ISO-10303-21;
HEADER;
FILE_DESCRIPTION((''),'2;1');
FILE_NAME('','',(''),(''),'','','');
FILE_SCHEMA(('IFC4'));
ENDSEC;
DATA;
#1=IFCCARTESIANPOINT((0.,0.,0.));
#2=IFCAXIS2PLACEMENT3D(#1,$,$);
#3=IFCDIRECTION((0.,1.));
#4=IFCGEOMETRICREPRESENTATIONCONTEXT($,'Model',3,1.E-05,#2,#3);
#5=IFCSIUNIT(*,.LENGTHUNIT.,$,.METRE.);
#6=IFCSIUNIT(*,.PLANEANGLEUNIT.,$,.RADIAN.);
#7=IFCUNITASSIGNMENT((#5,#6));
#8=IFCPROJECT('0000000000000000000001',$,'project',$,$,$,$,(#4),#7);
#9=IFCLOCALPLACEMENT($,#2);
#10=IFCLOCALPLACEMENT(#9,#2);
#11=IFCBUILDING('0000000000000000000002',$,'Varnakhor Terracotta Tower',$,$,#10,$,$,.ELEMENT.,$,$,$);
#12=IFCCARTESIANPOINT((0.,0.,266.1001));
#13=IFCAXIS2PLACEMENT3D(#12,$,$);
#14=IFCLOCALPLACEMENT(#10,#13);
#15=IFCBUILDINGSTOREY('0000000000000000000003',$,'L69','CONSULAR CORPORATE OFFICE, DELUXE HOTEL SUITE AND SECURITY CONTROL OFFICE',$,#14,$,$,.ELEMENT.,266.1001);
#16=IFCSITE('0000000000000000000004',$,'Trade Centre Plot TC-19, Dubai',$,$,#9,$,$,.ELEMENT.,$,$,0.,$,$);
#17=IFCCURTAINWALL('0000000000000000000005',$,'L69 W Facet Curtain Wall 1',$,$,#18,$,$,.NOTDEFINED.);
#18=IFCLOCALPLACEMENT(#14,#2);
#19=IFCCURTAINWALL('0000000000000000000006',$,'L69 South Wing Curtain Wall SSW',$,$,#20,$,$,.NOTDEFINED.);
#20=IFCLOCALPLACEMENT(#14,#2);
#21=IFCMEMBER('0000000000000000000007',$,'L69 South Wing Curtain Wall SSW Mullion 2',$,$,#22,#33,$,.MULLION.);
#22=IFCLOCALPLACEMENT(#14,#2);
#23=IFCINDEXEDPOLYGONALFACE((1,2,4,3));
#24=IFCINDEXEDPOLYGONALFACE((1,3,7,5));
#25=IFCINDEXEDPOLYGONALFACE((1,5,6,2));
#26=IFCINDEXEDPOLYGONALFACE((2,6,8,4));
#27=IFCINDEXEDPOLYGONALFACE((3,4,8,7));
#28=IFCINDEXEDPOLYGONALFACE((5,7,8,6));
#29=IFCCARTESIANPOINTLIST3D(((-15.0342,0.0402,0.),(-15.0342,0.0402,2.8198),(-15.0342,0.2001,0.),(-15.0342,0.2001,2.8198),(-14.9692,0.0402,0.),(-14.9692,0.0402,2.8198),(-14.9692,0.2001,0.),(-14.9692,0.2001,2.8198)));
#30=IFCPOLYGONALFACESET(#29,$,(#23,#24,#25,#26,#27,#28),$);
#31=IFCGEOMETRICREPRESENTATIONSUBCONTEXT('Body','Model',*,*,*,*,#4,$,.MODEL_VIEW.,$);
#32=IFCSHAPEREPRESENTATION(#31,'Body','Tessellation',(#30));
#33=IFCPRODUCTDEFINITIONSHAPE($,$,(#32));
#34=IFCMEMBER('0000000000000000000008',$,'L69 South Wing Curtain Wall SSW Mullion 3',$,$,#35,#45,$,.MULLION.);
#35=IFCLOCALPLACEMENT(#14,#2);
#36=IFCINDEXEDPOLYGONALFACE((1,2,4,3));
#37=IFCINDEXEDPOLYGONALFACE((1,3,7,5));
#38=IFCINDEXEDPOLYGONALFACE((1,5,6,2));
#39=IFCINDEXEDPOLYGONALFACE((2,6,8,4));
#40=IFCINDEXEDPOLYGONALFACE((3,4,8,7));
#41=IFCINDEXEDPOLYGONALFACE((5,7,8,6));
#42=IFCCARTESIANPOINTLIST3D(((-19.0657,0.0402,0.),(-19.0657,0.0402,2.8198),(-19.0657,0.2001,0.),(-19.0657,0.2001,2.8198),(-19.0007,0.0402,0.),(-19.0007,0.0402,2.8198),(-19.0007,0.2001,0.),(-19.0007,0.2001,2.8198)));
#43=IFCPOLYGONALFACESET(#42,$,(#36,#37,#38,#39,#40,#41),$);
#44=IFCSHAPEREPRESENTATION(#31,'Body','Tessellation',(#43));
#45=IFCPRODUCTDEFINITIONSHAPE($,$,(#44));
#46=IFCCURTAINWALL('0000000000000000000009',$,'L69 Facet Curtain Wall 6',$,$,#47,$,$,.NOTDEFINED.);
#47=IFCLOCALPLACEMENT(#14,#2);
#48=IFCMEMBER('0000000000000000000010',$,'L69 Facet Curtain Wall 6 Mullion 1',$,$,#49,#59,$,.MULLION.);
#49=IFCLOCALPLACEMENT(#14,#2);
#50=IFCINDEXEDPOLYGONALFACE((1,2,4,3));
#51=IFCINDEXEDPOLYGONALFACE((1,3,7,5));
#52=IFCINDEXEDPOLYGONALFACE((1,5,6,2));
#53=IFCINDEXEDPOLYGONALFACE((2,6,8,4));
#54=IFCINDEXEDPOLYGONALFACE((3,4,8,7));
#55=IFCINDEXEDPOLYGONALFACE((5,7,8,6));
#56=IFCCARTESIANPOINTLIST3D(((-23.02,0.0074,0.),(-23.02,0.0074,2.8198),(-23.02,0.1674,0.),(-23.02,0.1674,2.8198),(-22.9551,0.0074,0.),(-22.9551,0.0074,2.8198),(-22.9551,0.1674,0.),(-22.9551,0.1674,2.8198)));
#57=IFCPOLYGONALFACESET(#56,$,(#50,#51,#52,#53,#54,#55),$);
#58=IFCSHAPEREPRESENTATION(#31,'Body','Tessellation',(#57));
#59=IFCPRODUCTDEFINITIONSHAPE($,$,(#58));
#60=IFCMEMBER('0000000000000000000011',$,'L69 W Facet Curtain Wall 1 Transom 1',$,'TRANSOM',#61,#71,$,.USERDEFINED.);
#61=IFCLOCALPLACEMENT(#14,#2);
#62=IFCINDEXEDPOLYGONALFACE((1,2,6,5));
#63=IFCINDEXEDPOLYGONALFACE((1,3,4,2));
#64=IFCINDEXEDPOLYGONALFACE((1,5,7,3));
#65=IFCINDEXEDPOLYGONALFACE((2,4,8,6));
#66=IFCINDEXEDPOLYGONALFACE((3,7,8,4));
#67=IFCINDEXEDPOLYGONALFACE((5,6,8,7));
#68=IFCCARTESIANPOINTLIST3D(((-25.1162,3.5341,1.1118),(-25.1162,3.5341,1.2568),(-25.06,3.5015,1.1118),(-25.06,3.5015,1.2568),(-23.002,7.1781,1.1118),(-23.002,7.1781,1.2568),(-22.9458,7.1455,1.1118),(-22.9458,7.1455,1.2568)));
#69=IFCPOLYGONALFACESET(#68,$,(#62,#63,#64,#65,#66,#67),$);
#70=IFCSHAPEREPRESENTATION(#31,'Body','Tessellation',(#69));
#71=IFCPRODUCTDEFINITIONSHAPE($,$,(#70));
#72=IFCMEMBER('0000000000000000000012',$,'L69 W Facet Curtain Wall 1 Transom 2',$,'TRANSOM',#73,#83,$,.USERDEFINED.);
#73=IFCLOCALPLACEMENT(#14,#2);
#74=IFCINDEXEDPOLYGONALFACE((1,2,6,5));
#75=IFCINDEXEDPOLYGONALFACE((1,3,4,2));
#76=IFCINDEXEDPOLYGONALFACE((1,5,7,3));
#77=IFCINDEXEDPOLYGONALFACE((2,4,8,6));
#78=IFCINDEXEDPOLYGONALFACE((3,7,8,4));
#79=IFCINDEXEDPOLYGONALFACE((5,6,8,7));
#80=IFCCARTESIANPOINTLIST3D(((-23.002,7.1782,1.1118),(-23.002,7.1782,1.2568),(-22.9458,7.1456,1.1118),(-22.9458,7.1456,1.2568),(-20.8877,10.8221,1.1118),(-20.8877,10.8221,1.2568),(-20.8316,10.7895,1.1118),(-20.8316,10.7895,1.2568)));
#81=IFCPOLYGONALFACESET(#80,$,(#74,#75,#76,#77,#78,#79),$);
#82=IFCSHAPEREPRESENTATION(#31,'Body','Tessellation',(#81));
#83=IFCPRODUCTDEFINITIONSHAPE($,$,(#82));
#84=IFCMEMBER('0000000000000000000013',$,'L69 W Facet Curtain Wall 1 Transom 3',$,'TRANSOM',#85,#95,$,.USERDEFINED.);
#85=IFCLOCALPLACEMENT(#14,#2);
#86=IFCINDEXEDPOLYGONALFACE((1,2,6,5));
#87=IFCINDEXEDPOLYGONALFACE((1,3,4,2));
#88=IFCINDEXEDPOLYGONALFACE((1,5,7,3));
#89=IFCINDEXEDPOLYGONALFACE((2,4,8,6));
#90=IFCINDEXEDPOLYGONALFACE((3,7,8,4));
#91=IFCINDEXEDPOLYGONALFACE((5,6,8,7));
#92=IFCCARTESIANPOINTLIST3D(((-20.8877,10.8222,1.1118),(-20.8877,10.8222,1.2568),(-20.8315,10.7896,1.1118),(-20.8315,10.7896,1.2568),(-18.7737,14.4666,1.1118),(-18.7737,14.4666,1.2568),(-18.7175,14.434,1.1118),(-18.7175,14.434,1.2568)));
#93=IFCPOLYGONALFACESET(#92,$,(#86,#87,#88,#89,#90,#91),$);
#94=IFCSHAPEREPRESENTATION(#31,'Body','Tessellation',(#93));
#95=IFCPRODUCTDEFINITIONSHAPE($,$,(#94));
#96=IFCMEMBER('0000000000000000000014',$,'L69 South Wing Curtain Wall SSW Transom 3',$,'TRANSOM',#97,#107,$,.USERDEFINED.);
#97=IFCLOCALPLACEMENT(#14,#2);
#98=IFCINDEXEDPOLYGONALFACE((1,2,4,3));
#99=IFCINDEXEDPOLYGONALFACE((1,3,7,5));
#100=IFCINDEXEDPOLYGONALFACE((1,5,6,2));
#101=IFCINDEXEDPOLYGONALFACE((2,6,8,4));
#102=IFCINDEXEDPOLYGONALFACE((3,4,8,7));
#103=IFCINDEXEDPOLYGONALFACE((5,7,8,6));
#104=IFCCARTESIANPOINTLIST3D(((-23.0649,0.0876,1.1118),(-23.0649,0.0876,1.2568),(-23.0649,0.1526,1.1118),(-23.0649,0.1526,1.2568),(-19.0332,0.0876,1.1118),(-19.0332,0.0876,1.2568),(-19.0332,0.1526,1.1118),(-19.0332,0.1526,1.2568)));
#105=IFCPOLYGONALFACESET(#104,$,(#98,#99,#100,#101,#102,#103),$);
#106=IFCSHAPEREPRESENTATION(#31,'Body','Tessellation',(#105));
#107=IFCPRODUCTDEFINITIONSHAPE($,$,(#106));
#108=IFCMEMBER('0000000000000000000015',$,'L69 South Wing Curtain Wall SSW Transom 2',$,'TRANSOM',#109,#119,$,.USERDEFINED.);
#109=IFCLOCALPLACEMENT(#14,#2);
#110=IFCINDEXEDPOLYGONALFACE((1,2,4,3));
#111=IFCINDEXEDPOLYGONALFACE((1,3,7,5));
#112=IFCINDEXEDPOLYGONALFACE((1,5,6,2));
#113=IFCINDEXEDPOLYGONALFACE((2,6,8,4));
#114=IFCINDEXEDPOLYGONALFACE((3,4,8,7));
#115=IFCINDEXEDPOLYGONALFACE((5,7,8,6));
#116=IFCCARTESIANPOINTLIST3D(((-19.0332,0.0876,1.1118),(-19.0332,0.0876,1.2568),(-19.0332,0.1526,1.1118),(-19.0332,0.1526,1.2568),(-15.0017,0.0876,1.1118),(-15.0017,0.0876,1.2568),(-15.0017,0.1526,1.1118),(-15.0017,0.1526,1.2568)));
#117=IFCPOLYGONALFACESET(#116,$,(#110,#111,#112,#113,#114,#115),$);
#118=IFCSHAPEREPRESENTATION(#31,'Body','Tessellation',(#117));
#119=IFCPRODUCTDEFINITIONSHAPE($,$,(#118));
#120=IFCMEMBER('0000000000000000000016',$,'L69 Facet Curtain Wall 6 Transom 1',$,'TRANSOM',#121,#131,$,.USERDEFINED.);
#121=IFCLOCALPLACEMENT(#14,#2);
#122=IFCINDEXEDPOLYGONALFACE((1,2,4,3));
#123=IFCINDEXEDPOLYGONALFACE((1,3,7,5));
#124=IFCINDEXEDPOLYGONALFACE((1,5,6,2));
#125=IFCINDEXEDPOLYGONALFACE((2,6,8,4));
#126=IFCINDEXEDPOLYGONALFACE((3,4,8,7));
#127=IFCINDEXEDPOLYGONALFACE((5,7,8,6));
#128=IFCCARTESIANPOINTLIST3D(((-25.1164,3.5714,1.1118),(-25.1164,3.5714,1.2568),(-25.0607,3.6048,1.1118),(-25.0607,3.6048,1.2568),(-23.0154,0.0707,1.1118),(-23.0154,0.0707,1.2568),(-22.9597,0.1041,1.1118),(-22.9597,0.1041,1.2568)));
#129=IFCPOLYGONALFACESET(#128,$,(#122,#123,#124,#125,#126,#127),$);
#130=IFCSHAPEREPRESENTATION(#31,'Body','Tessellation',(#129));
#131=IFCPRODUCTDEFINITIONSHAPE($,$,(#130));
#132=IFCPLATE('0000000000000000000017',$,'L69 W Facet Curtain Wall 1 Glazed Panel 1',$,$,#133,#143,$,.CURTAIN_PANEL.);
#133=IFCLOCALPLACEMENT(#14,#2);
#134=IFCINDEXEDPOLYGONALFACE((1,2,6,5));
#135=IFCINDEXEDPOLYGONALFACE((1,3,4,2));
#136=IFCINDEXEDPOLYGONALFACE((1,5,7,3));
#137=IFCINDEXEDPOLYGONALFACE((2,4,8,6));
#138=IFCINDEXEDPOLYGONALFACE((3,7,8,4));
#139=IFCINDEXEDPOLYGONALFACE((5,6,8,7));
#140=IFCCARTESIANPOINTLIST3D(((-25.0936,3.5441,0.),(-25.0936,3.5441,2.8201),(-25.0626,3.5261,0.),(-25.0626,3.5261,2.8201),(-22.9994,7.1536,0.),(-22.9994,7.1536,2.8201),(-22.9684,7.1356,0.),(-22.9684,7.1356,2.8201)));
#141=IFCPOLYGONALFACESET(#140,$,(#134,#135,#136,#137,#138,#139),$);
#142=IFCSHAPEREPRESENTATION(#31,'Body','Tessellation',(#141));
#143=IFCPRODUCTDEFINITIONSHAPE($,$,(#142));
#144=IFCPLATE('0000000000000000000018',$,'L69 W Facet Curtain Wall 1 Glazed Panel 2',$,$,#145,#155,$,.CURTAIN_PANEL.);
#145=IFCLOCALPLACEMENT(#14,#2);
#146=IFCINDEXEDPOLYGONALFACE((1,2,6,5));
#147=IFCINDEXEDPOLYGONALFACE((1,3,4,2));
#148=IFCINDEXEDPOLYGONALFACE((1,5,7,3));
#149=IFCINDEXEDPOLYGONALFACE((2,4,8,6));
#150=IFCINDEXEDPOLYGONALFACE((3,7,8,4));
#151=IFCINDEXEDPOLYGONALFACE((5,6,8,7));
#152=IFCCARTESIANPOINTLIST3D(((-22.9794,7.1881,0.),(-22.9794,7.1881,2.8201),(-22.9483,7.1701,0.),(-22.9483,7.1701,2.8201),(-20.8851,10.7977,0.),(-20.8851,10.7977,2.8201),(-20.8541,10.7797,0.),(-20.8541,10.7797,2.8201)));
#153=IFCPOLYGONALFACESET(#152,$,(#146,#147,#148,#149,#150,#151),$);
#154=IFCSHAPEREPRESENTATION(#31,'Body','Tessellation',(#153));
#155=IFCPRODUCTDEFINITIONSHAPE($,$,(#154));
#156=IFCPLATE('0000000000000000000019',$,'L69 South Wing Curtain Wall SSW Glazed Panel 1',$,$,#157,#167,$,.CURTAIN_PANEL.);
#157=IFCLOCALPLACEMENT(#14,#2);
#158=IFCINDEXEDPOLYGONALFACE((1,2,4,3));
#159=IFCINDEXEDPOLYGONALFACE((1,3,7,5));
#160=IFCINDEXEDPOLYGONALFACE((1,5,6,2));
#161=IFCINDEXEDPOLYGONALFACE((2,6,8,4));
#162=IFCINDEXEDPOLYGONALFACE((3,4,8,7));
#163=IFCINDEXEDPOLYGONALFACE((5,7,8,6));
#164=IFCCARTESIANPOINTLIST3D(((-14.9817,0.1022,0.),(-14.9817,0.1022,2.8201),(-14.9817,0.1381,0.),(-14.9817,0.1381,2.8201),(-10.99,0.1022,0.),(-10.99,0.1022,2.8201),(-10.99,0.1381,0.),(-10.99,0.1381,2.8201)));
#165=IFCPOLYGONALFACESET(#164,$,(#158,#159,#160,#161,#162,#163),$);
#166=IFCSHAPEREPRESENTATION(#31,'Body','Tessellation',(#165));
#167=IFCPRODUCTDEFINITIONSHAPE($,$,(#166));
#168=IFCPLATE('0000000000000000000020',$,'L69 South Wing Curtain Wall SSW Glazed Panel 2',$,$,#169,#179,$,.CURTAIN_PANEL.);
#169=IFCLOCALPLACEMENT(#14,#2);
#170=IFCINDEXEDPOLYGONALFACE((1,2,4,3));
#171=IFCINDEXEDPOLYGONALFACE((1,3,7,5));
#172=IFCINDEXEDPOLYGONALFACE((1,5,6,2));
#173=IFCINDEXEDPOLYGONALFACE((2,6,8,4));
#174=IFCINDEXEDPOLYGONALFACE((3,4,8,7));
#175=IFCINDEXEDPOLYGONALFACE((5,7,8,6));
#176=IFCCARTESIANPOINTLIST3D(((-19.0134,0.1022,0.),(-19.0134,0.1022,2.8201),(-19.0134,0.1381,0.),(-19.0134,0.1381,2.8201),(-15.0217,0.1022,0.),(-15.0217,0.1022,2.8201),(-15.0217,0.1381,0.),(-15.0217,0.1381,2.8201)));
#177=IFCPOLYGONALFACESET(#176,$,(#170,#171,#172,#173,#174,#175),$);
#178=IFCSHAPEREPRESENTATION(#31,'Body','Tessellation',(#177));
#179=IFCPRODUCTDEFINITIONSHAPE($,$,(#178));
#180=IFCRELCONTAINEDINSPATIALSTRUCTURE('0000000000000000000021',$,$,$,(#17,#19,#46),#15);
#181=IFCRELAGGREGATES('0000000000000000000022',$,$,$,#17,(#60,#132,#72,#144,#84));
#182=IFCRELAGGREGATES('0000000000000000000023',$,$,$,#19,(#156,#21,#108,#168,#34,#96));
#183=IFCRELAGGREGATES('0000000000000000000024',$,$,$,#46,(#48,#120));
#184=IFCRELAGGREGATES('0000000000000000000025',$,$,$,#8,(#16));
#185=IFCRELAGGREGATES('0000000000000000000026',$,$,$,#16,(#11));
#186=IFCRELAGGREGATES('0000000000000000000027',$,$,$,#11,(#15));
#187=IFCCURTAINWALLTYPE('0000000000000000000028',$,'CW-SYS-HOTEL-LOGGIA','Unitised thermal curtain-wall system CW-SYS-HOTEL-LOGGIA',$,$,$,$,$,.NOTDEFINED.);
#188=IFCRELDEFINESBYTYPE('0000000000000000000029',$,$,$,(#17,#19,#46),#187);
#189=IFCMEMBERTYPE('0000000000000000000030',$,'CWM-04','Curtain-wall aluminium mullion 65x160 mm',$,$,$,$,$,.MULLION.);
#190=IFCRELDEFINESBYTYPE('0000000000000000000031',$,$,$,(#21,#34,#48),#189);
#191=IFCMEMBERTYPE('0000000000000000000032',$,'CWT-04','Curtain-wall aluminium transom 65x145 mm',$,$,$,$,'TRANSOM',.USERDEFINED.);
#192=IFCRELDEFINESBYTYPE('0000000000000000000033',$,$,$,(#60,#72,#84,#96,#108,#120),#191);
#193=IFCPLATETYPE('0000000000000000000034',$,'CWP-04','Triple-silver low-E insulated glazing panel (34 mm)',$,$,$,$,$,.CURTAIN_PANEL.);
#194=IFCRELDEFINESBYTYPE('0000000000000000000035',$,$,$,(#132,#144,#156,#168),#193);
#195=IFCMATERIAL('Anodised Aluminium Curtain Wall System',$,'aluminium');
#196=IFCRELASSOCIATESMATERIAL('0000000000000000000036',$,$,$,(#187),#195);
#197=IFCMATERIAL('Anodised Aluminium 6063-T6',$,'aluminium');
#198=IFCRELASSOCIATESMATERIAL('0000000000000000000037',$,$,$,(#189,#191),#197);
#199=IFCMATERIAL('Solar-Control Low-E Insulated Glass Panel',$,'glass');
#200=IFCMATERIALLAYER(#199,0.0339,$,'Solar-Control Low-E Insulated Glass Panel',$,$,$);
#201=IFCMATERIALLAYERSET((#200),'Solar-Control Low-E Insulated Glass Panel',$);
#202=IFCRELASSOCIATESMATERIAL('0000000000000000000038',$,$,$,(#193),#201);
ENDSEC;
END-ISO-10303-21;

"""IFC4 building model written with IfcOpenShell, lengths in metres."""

from ifc_helpers import new_model, si_unit, direction, frame, origin, origin_2d, place, context, subcontext, project, spatial, rectangle, extrude, source, transform, mapped, material, layer, layer_set, material_profile, profile_set, type_object, element, aggregate, save


model = new_model("IFC4")

# Units and contexts
model_context = context("Model", 3, precision=1e-05, world=origin(), true_north=direction((0.0, 1.0)))
body_context = subcontext(model_context, "Body", "Model", "MODEL_VIEW")
ifc_project = project(units=[si_unit("LENGTHUNIT", "METRE"), si_unit("PLANEANGLEUNIT", "RADIAN")], contexts=[model_context])

# Site, building, storey
site_placement = place(None, origin())
site = spatial("IfcSite", under=ifc_project, at=site_placement, Name="Trade Centre Plot TC-19, Dubai", CompositionType="ELEMENT", RefElevation=0.0)
building_placement = place(site_placement, origin())
building = spatial("IfcBuilding", under=site, at=building_placement, Name="Varnakhor Terracotta Tower", CompositionType="ELEMENT")
storey_placement = place(building_placement, frame((0.0, 0.0, 266.1001)))
storey = spatial("IfcBuildingStorey", under=building, at=storey_placement, Name="L69", Description="CONSULAR CORPORATE OFFICE, DELUXE HOTEL SUITE AND SECURITY CONTROL OFFICE", CompositionType="ELEMENT", Elevation=266.1001)

# Curtain walls, members
ifc_material_1 = material(Name="Anodised Aluminium Curtain Wall System", Category="aluminium")
curtain_wall_type = type_object("IfcCurtainWallType", Name="CW-SYS-HOTEL-LOGGIA", Description="Unitised thermal curtain-wall system CW-SYS-HOTEL-LOGGIA", PredefinedType="NOTDEFINED", material=ifc_material_1)
curtain_wall_1_placement = place(storey_placement, origin())
curtain_wall_1 = element("IfcCurtainWall", 1, at=curtain_wall_1_placement, inside=storey, type_object=curtain_wall_type, Name="L69 W Facet Curtain Wall 1", PredefinedType="NOTDEFINED")
ifc_material_2 = material(Name="Anodised Aluminium 6063-T6", Category="aluminium")
ifc_material_profile_1 = material_profile(ifc_material_2, rectangle(XDim=0.0649, YDim=0.1599, at=origin_2d()), Name="ALU MULLION 65x160")
ifc_profile_set_1 = profile_set([ifc_material_profile_1], Name="Anodised Aluminium 6063-T6")
member_type_1 = type_object("IfcMemberType", Name="CWM-04", Description="Curtain-wall aluminium mullion 65x160 mm", PredefinedType="MULLION", material=ifc_profile_set_1)
shared_shape_1 = source(origin(), body_context, "Body", "SweptSolid", [
    extrude(rectangle(XDim=0.0649, YDim=0.1599, at=origin_2d()), origin(), (0.0, 0.0, 1.0), 2.8198),
])
curtain_wall_2_placement = place(storey_placement, origin())
curtain_wall_2 = element("IfcCurtainWall", 2, at=curtain_wall_2_placement, inside=storey, type_object=curtain_wall_type, Name="L69 South Wing Curtain Wall SSW", PredefinedType="NOTDEFINED")
member_1_placement = place(storey_placement, frame((-15.0017, 0.1201, 0.0), z_axis=(0.0, 0.0, 1.0), x_axis=(1.0, 0.0, 0.0)))
member_1 = element("IfcMember", 3, at=member_1_placement, type_object=member_type_1, Name="L69 South Wing Curtain Wall SSW Mullion 2", PredefinedType="MULLION", context=body_context, shape_type="MappedRepresentation", body=[
    mapped(shared_shape_1, transform((0.0, 0.0, 0.0), scale=1.0)),
])
member_2_placement = place(storey_placement, frame((-19.0332, 0.1201, 0.0), z_axis=(0.0, 0.0, 1.0), x_axis=(1.0, 0.0, 0.0)))
member_2 = element("IfcMember", 4, at=member_2_placement, type_object=member_type_1, Name="L69 South Wing Curtain Wall SSW Mullion 3", PredefinedType="MULLION", context=body_context, shape_type="MappedRepresentation", body=[
    mapped(shared_shape_1, transform((0.0, 0.0, 0.0), scale=1.0)),
])

# Curtain wall, member
curtain_wall_3_placement = place(storey_placement, origin())
curtain_wall_3 = element("IfcCurtainWall", 5, at=curtain_wall_3_placement, inside=storey, type_object=curtain_wall_type, Name="L69 Facet Curtain Wall 6", PredefinedType="NOTDEFINED")
member_3_placement = place(storey_placement, frame((-22.9875, 0.0874, 0.0), z_axis=(0.0, 0.0, 1.0), x_axis=(1.0, 0.0, 0.0)))
member_3 = element("IfcMember", 6, at=member_3_placement, type_object=member_type_1, Name="L69 Facet Curtain Wall 6 Mullion 1", PredefinedType="MULLION", context=body_context, shape_type="MappedRepresentation", body=[
    mapped(shared_shape_1, transform((0.0, 0.0, 0.0), scale=1.0)),
])

# Members
ifc_material_profile_2 = material_profile(ifc_material_2, rectangle(XDim=0.0649, YDim=0.145, at=origin_2d()), Name="ALU TRANSOM 65x145")
ifc_profile_set_2 = profile_set([ifc_material_profile_2], Name="Anodised Aluminium 6063-T6")
member_type_2 = type_object("IfcMemberType", Name="CWT-04", Description="Curtain-wall aluminium transom 65x145 mm", ElementType="TRANSOM", PredefinedType="USERDEFINED", material=ifc_profile_set_2)
shared_shape_2 = source(origin(), body_context, "Body", "SweptSolid", [
    extrude(rectangle(XDim=0.0649, YDim=0.145, at=origin_2d()), origin(), (0.0, 0.0, 1.0), 4.2129),
])
member_4_placement = place(storey_placement, frame((-25.0881, 3.5178, 1.1843), z_axis=(0.501845, 0.864958, 0.0), x_axis=(-0.864958, 0.501845, 0.0)))
member_4 = element("IfcMember", 7, at=member_4_placement, type_object=member_type_2, Name="L69 W Facet Curtain Wall 1 Transom 1", ObjectType="TRANSOM", PredefinedType="USERDEFINED", context=body_context, shape_type="MappedRepresentation", body=[
    mapped(shared_shape_2, transform((0.0, 0.0, 0.0), scale=1.0)),
])
member_5_placement = place(storey_placement, frame((-22.9739, 7.1619, 1.1843), z_axis=(0.501845, 0.864958, 0.0), x_axis=(-0.864958, 0.501845, 0.0)))
member_5 = element("IfcMember", 8, at=member_5_placement, type_object=member_type_2, Name="L69 W Facet Curtain Wall 1 Transom 2", ObjectType="TRANSOM", PredefinedType="USERDEFINED", context=body_context, shape_type="MappedRepresentation", body=[
    mapped(shared_shape_2, transform((0.0, 0.0, 0.0), scale=1.0)),
])
shared_shape_3 = source(origin(), body_context, "Body", "SweptSolid", [
    extrude(rectangle(XDim=0.0649, YDim=0.145, at=origin_2d()), origin(), (0.0, 0.0, 1.0), 4.2131),
])
member_6_placement = place(storey_placement, frame((-20.8596, 10.8059, 1.1843), z_axis=(0.501776, 0.864997, 0.0), x_axis=(-0.864997, 0.501776, 0.0)))
member_6 = element("IfcMember", 9, at=member_6_placement, type_object=member_type_2, Name="L69 W Facet Curtain Wall 1 Transom 3", ObjectType="TRANSOM", PredefinedType="USERDEFINED", context=body_context, shape_type="MappedRepresentation", body=[
    mapped(shared_shape_3, transform((0.0, 0.0, 0.0), scale=1.0)),
])
shared_shape_4 = source(origin(), body_context, "Body", "SweptSolid", [
    extrude(rectangle(XDim=0.0649, YDim=0.145, at=origin_2d()), origin(), (0.0, 0.0, 1.0), 4.0317),
])
member_7_placement = place(storey_placement, frame((-19.0332, 0.1201, 1.1843), z_axis=(-1.0, 0.0, 0.0), x_axis=(0.0, -1.0, 0.0)))
member_7 = element("IfcMember", 10, at=member_7_placement, type_object=member_type_2, Name="L69 South Wing Curtain Wall SSW Transom 3", ObjectType="TRANSOM", PredefinedType="USERDEFINED", context=body_context, shape_type="MappedRepresentation", body=[
    mapped(shared_shape_4, transform((0.0, 0.0, 0.0), scale=1.0)),
])
shared_shape_5 = source(origin(), body_context, "Body", "SweptSolid", [
    extrude(rectangle(XDim=0.0649, YDim=0.145, at=origin_2d()), origin(), (0.0, 0.0, 1.0), 4.0315),
])
member_8_placement = place(storey_placement, frame((-15.0017, 0.1201, 1.1843), z_axis=(-1.0, 0.0, 0.0), x_axis=(0.0, -1.0, 0.0)))
member_8 = element("IfcMember", 11, at=member_8_placement, type_object=member_type_2, Name="L69 South Wing Curtain Wall SSW Transom 2", ObjectType="TRANSOM", PredefinedType="USERDEFINED", context=body_context, shape_type="MappedRepresentation", body=[
    mapped(shared_shape_5, transform((0.0, 0.0, 0.0), scale=1.0)),
])
shared_shape_6 = source(origin(), body_context, "Body", "SweptSolid", [
    extrude(rectangle(XDim=0.0649, YDim=0.145, at=origin_2d()), origin(), (0.0, 0.0, 1.0), 4.0828),
])
member_9_placement = place(storey_placement, frame((-22.9875, 0.0874, 1.1843), z_axis=(-0.51461, 0.857424, 0.0), x_axis=(-0.857424, -0.51461, 0.0)))
member_9 = element("IfcMember", 12, at=member_9_placement, type_object=member_type_2, Name="L69 Facet Curtain Wall 6 Transom 1", ObjectType="TRANSOM", PredefinedType="USERDEFINED", context=body_context, shape_type="MappedRepresentation", body=[
    mapped(shared_shape_6, transform((0.0, 0.0, 0.0), scale=1.0)),
])

# Plates
ifc_material_3 = material(Name="Solar-Control Low-E Insulated Glass Panel", Category="glass")
ifc_layer_1 = layer(ifc_material_3, 0.0339, Name="Solar-Control Low-E Insulated Glass Panel")
ifc_layer_set_1 = layer_set([ifc_layer_1], Name="Solar-Control Low-E Insulated Glass Panel")
plate_type = type_object("IfcPlateType", Name="CWP-04", Description="Triple-silver low-E insulated glazing panel (34 mm)", PredefinedType="CURTAIN_PANEL", material=ifc_layer_set_1)
shared_shape_7 = source(origin(), body_context, "Body", "SweptSolid", [
    extrude(rectangle(XDim=4.1731, YDim=0.0359, at=origin_2d()), origin(), (0.0, 0.0, 1.0), 2.8201),
])
plate_1_placement = place(storey_placement, frame((-24.031, 5.3398, 0.0), z_axis=(0.0, 0.0, 1.0), x_axis=(0.501843, 0.864959, 0.0)))
plate_1 = element("IfcPlate", 13, at=plate_1_placement, type_object=plate_type, Name="L69 W Facet Curtain Wall 1 Glazed Panel 1", PredefinedType="CURTAIN_PANEL", context=body_context, shape_type="MappedRepresentation", body=[
    mapped(shared_shape_7, transform((0.0, 0.0, 0.0), scale=1.0)),
])
plate_2_placement = place(storey_placement, frame((-21.9167, 8.9839, 0.0), z_axis=(0.0, 0.0, 1.0), x_axis=(0.501843, 0.864959, 0.0)))
plate_2 = element("IfcPlate", 14, at=plate_2_placement, type_object=plate_type, Name="L69 W Facet Curtain Wall 1 Glazed Panel 2", PredefinedType="CURTAIN_PANEL", context=body_context, shape_type="MappedRepresentation", body=[
    mapped(shared_shape_7, transform((0.0, 0.0, 0.0), scale=1.0)),
])
aggregate(curtain_wall_1, [member_4, plate_1, member_5, plate_2, member_6])
shared_shape_8 = source(origin(), body_context, "Body", "SweptSolid", [
    extrude(rectangle(XDim=3.9917, YDim=0.0359, at=origin_2d()), origin(), (0.0, 0.0, 1.0), 2.8201),
])
plate_3_placement = place(storey_placement, frame((-12.9858, 0.1201, 0.0), z_axis=(0.0, 0.0, 1.0), x_axis=(-1.0, 0.0, 0.0)))
plate_3 = element("IfcPlate", 15, at=plate_3_placement, type_object=plate_type, Name="L69 South Wing Curtain Wall SSW Glazed Panel 1", PredefinedType="CURTAIN_PANEL", context=body_context, shape_type="MappedRepresentation", body=[
    mapped(shared_shape_8, transform((0.0, 0.0, 0.0), scale=1.0)),
])
plate_4_placement = place(storey_placement, frame((-17.0176, 0.1201, 0.0), z_axis=(0.0, 0.0, 1.0), x_axis=(-1.0, 0.0, 0.0)))
plate_4 = element("IfcPlate", 16, at=plate_4_placement, type_object=plate_type, Name="L69 South Wing Curtain Wall SSW Glazed Panel 2", PredefinedType="CURTAIN_PANEL", context=body_context, shape_type="MappedRepresentation", body=[
    mapped(shared_shape_8, transform((0.0, 0.0, 0.0), scale=1.0)),
])
aggregate(curtain_wall_2, [plate_3, member_1, member_8, plate_4, member_2, member_7])
aggregate(curtain_wall_3, [member_3, member_9])

save(model, "model.ifc")
